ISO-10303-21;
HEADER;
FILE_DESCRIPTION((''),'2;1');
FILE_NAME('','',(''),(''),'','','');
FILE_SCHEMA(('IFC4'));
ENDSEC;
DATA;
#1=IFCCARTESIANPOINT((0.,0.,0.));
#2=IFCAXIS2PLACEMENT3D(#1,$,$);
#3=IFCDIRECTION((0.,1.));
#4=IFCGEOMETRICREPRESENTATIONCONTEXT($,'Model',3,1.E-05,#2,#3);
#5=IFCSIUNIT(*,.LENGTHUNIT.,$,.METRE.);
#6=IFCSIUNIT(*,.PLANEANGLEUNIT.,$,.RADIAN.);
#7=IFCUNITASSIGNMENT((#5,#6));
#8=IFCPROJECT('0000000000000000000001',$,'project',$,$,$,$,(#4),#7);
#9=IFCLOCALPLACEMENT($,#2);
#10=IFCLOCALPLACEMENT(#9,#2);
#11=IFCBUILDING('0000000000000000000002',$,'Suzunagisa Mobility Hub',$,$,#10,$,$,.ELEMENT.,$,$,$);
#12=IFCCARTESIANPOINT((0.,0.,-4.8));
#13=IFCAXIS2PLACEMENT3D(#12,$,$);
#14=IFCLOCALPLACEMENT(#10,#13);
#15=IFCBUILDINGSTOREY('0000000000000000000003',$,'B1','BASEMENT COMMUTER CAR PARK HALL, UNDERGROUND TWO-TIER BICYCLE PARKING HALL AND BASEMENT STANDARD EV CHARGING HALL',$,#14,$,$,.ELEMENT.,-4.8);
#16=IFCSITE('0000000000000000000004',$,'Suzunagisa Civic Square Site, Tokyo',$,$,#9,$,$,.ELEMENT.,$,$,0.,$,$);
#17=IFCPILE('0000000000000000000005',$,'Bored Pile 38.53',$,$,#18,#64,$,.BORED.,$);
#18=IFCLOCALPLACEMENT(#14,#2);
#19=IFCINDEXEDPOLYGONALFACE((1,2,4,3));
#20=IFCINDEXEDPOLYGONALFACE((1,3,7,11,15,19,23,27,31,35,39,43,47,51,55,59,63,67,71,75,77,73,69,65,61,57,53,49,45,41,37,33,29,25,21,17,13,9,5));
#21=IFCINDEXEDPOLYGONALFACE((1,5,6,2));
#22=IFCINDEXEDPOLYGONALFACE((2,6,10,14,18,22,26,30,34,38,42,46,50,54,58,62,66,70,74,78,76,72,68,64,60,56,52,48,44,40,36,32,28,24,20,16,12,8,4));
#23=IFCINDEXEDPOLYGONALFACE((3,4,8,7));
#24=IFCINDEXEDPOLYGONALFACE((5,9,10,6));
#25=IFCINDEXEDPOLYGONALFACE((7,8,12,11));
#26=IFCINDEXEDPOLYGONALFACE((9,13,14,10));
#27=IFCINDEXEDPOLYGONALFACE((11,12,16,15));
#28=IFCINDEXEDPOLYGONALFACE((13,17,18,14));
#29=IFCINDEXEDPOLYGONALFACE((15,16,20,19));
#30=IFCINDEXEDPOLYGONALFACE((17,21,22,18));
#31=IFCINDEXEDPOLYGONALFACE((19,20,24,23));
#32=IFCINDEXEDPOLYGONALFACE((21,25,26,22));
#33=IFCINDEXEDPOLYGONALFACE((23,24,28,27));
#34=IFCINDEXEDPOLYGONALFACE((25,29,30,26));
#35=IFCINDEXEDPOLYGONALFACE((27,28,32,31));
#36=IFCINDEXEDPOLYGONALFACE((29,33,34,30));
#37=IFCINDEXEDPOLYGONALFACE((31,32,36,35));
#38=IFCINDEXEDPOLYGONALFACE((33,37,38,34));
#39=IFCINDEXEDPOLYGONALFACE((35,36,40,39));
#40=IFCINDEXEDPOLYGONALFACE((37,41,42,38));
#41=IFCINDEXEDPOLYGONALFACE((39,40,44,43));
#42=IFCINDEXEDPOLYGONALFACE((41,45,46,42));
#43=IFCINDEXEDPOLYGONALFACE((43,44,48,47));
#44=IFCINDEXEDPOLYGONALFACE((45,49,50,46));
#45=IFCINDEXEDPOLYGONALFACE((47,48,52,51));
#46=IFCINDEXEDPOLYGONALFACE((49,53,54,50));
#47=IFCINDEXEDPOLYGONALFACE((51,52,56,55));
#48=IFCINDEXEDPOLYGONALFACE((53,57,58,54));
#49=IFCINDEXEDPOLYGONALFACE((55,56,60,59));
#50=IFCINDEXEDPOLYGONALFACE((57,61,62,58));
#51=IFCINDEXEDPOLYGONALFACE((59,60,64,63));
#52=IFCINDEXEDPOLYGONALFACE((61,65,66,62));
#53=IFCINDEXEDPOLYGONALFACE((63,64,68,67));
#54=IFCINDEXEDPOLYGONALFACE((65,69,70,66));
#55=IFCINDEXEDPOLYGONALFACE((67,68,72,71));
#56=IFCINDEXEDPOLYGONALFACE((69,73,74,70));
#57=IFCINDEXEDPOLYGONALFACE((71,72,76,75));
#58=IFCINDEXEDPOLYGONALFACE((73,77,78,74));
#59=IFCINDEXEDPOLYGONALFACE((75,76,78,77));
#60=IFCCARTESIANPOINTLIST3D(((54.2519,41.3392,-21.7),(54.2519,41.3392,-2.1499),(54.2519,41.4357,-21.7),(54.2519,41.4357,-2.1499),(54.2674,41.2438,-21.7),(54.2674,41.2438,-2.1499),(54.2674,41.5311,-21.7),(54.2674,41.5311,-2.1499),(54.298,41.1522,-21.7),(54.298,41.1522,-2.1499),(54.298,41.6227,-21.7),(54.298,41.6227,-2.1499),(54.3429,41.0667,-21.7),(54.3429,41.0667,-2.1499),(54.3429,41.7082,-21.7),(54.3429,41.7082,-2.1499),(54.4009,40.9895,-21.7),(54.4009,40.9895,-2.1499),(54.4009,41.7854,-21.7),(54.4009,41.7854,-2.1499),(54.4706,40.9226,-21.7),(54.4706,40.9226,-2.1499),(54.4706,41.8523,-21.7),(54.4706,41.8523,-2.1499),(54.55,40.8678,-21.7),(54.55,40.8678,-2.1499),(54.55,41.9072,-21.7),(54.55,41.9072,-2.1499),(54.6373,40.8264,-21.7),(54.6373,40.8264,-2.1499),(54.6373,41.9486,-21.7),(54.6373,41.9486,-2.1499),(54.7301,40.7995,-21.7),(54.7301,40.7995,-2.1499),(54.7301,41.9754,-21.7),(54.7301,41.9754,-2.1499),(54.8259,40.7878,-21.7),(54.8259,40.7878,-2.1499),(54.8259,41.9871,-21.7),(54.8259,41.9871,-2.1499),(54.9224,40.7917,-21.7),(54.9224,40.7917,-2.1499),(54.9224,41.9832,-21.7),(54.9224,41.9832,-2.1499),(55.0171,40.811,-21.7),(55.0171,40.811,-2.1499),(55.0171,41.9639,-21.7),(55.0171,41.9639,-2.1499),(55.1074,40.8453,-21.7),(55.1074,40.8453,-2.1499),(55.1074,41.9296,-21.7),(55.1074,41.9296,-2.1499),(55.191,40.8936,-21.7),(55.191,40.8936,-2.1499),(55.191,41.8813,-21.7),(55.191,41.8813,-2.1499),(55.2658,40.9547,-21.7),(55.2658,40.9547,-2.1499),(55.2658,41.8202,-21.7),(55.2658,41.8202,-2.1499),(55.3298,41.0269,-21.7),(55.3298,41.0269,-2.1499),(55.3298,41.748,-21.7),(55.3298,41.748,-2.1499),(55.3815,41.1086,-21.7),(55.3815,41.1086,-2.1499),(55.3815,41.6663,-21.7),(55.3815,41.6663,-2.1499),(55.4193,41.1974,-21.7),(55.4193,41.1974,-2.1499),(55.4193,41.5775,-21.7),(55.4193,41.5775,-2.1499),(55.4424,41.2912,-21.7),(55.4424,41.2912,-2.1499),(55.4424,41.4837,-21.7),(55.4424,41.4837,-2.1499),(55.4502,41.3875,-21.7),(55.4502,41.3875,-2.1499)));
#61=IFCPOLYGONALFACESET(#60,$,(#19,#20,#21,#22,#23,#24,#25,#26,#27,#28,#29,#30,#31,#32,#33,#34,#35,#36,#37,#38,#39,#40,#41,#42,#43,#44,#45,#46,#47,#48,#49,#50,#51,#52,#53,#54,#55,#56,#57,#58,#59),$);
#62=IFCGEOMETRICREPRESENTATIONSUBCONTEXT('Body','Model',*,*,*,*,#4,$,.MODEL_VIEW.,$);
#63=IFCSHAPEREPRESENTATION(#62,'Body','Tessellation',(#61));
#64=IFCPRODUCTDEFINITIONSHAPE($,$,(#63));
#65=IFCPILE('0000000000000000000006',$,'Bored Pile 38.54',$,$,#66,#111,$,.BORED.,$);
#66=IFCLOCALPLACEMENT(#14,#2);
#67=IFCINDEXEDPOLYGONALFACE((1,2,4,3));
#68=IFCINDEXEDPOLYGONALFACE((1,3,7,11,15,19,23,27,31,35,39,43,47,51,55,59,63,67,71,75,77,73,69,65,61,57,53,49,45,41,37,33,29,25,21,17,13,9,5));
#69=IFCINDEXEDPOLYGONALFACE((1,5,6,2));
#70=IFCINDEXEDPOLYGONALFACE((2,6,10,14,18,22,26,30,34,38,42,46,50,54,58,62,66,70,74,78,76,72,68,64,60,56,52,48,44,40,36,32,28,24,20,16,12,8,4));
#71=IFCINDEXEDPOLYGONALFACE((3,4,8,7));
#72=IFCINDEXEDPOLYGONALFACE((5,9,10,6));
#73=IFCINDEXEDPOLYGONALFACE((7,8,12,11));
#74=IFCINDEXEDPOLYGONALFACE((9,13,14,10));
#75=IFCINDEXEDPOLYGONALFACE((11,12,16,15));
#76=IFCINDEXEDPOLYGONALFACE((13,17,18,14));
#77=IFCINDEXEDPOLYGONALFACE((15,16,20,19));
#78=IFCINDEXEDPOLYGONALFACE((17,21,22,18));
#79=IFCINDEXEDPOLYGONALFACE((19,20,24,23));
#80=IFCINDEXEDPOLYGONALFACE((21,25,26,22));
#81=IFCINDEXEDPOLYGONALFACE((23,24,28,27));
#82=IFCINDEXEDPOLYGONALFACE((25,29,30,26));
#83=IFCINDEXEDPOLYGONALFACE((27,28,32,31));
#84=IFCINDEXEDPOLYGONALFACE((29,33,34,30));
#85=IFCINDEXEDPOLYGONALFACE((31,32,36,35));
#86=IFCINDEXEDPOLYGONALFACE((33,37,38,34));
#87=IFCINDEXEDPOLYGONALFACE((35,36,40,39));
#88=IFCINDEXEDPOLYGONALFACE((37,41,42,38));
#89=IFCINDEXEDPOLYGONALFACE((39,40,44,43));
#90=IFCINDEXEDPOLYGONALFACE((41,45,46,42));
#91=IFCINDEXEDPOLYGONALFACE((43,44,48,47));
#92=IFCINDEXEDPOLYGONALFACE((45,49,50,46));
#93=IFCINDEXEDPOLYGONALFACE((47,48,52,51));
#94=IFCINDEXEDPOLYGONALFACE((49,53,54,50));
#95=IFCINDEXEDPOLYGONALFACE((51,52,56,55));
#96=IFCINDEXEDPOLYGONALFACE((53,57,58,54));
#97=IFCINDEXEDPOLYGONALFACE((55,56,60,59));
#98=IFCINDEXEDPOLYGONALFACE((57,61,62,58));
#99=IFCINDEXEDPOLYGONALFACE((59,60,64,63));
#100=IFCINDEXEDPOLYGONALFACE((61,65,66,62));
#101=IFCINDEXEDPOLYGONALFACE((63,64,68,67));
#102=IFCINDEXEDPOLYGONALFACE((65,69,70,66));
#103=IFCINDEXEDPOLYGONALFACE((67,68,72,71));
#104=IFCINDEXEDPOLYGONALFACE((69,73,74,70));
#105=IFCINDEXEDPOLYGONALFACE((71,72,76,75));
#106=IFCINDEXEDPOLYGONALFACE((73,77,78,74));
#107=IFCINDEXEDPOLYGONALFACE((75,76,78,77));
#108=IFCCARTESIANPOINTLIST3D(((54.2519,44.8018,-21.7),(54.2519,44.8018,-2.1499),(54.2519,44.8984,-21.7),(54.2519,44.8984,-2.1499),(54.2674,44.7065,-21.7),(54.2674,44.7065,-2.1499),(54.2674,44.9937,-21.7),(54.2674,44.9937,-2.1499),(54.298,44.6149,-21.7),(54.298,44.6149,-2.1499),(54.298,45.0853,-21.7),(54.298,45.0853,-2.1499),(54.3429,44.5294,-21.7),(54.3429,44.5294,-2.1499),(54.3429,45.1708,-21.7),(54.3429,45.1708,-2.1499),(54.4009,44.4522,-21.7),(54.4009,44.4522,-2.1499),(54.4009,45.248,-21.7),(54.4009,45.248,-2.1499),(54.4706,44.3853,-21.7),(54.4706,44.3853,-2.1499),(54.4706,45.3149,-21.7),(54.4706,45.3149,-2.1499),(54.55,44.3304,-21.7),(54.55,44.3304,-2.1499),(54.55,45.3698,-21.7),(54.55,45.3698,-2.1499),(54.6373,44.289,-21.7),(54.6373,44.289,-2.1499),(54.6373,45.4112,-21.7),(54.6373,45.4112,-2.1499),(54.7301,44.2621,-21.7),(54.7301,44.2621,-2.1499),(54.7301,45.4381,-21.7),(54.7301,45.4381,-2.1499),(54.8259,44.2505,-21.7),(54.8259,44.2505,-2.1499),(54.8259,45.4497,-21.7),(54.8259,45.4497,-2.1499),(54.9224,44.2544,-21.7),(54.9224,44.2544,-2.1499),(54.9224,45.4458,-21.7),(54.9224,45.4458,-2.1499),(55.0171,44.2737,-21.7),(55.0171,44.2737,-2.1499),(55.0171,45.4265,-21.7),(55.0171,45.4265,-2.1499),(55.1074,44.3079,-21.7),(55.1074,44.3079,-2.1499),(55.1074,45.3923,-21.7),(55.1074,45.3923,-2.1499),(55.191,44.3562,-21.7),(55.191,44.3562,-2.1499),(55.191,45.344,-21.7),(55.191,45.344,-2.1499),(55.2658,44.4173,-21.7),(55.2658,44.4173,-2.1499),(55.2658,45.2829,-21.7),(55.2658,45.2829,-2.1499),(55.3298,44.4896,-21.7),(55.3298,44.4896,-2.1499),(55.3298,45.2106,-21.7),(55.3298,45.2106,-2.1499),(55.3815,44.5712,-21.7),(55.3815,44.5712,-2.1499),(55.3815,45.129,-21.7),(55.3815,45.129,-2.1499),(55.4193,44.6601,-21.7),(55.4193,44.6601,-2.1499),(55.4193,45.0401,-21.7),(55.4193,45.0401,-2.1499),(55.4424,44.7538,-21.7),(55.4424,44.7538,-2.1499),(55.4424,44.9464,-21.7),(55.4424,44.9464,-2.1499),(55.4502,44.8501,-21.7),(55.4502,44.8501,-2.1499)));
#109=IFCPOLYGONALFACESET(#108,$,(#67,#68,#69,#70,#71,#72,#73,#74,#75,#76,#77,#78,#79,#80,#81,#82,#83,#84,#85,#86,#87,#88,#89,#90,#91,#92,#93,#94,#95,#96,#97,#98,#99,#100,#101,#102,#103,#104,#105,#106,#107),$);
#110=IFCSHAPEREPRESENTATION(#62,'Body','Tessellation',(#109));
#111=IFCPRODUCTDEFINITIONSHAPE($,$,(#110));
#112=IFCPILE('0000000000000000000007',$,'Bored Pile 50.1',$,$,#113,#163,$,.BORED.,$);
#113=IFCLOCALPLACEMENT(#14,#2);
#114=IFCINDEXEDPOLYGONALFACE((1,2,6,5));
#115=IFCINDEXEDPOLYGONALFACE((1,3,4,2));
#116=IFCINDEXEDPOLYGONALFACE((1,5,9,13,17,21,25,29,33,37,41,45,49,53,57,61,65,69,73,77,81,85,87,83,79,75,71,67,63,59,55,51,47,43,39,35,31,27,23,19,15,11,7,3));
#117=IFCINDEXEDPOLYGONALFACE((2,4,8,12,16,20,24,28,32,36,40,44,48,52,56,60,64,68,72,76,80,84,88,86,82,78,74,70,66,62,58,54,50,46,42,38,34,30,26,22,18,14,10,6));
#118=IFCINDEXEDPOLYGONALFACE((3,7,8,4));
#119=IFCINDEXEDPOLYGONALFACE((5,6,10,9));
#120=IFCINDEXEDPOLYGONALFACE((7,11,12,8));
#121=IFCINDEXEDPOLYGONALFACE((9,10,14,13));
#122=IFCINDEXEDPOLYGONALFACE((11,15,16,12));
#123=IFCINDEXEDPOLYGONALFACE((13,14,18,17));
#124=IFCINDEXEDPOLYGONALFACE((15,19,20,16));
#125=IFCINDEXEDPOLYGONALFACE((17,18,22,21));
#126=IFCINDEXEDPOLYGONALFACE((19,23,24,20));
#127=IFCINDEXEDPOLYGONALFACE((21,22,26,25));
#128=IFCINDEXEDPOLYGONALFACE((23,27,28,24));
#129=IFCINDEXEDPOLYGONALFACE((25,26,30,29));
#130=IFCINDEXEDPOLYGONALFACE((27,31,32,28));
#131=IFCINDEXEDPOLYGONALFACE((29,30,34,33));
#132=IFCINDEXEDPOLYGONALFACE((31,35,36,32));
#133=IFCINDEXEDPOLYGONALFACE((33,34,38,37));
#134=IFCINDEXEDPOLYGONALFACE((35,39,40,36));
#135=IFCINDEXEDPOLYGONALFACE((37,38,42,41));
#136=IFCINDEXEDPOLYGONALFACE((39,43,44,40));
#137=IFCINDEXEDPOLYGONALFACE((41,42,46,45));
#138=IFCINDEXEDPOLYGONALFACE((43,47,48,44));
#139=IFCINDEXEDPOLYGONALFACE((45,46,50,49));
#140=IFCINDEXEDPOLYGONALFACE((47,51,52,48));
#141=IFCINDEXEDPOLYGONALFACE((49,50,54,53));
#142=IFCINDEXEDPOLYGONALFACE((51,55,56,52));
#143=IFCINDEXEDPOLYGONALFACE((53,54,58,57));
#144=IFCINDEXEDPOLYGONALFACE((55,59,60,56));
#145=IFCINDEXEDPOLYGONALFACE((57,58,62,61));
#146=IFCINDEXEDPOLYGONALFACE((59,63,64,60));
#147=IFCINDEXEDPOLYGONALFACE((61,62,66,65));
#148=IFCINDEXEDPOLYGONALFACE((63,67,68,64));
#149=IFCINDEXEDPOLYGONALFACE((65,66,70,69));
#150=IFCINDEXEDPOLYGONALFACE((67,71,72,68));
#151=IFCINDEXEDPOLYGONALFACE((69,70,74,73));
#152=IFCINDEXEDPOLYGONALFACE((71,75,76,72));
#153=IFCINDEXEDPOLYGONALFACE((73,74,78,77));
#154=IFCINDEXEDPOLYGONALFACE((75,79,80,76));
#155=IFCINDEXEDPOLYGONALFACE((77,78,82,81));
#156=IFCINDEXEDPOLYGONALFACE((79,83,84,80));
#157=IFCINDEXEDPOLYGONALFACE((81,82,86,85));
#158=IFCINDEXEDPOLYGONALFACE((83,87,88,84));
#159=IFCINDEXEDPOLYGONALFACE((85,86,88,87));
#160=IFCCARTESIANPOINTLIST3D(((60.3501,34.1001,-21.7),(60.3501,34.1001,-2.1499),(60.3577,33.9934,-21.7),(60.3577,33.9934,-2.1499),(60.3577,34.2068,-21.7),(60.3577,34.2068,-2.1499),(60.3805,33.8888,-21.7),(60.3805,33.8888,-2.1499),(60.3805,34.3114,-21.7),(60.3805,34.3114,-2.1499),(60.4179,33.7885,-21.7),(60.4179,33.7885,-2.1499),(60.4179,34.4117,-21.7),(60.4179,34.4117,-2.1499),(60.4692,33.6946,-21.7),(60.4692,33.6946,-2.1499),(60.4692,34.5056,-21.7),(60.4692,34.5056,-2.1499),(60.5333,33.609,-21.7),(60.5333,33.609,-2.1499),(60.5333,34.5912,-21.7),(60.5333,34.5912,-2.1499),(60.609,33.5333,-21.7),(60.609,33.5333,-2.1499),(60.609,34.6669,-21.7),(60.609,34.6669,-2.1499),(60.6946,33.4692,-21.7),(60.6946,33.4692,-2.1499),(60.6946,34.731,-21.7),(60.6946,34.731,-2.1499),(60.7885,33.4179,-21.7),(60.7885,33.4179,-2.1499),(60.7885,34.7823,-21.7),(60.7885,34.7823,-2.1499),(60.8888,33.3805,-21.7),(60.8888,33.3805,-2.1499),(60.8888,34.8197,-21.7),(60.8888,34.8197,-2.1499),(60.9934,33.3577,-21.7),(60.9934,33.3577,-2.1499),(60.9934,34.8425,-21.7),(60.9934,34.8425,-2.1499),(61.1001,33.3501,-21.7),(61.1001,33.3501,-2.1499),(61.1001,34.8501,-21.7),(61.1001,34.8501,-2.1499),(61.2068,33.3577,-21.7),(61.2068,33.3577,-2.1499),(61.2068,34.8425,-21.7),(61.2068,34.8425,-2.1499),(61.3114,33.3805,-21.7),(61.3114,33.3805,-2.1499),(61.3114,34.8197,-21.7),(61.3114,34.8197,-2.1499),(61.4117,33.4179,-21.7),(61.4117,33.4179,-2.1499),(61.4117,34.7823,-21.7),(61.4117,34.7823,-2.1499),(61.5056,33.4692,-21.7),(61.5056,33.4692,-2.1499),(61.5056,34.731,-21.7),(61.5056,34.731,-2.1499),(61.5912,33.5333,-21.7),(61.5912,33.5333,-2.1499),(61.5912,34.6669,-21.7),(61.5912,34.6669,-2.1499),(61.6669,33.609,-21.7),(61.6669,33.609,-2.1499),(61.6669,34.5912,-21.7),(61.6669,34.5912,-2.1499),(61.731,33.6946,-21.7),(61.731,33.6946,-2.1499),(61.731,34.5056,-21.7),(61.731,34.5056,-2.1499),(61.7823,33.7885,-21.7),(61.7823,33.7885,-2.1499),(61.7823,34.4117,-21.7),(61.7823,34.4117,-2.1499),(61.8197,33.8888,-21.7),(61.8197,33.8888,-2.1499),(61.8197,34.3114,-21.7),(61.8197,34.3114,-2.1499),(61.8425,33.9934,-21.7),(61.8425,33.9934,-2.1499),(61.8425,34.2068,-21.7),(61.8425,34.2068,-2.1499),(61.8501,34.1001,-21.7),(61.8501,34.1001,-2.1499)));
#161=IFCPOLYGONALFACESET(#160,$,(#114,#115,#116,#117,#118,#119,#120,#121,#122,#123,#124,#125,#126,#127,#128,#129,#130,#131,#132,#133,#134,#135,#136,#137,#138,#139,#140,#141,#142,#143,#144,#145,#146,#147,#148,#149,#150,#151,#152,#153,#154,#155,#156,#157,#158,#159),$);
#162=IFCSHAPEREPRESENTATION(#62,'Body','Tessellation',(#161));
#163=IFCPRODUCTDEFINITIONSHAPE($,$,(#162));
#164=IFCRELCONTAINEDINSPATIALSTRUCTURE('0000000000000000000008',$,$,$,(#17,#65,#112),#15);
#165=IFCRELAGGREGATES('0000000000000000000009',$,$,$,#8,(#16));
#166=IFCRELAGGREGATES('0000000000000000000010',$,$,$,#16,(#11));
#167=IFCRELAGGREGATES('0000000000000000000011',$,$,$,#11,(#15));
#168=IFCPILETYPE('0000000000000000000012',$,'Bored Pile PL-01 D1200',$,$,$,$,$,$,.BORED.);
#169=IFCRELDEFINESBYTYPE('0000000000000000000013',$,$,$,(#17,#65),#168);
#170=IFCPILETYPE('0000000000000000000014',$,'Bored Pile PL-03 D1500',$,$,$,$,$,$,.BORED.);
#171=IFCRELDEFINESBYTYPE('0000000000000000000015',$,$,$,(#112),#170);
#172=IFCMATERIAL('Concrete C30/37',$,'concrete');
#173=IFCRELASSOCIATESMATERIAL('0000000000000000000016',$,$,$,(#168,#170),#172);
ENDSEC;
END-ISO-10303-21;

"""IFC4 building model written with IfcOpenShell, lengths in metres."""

from ifc_helpers import new_model, si_unit, direction, frame, origin, origin_2d, place, context, subcontext, project, spatial, circle, extrude, material, material_profile, profile_set, type_object, element, save


model = new_model("IFC4")

# Units and contexts
model_context = context("Model", 3, precision=1e-05, world=origin(), true_north=direction((0.0, 1.0)))
body_context = subcontext(model_context, "Body", "Model", "MODEL_VIEW")
ifc_project = project(units=[si_unit("LENGTHUNIT", "METRE"), si_unit("PLANEANGLEUNIT", "RADIAN")], contexts=[model_context])

# Site, building, storey
site_placement = place(None, origin())
site = spatial("IfcSite", under=ifc_project, at=site_placement, Name="Suzunagisa Civic Square Site, Tokyo", CompositionType="ELEMENT", RefElevation=0.0)
building_placement = place(site_placement, origin())
building = spatial("IfcBuilding", under=site, at=building_placement, Name="Suzunagisa Mobility Hub", CompositionType="ELEMENT")
storey_placement = place(building_placement, frame((0.0, 0.0, -4.8)))
storey = spatial("IfcBuildingStorey", under=building, at=storey_placement, Name="B1", Description="BASEMENT COMMUTER CAR PARK HALL, UNDERGROUND TWO-TIER BICYCLE PARKING HALL AND BASEMENT STANDARD EV CHARGING HALL", CompositionType="ELEMENT", Elevation=-4.8)

# Piles
ifc_material_1 = material(Name="Concrete C30/37", Category="concrete")
ifc_material_profile_1 = material_profile(ifc_material_1, circle(Radius=0.6001, at=origin_2d()), Name="BORED PILE D1200")
ifc_profile_set_1 = profile_set([ifc_material_profile_1], Name="Concrete C30/37")
pile_type_1 = type_object("IfcPileType", Name="Bored Pile PL-01 D1200", PredefinedType="BORED", material=ifc_profile_set_1)
for number, where, z_axis, x_axis, name in (
    (1, (54.8501, 41.3875, -2.1499), (0.0, 0.0, -1.0), (1.0, 0.0, 0.0), "Bored Pile 38.53"),
    (2, (54.8501, 44.8501, -2.1499), (0.0, 0.0, -1.0), (1.0, 0.0, 0.0), "Bored Pile 38.54"),
):
    element("IfcPile", number, at=place(storey_placement, frame(where, z_axis=z_axis, x_axis=x_axis)), inside=storey, type_object=pile_type_1, Name=name, PredefinedType="BORED", context=body_context, shape_type="SweptSolid", body=[
        extrude(circle(Radius=0.6001, at=origin_2d()), origin(), (0.0, 0.0, 1.0), 19.55),
    ])
ifc_material_profile_2 = material_profile(ifc_material_1, circle(Radius=0.75, at=origin_2d()), Name="BORED PILE D1500")
ifc_profile_set_2 = profile_set([ifc_material_profile_2], Name="Concrete C30/37")
pile_type_2 = type_object("IfcPileType", Name="Bored Pile PL-03 D1500", PredefinedType="BORED", material=ifc_profile_set_2)
for number, where, z_axis, x_axis, name in (
    (3, (61.1001, 34.1001, -2.1499), (0.0, 0.0, -1.0), (1.0, 0.0, 0.0), "Bored Pile 50.1"),
):
    element("IfcPile", number, at=place(storey_placement, frame(where, z_axis=z_axis, x_axis=x_axis)), inside=storey, type_object=pile_type_2, Name=name, PredefinedType="BORED", context=body_context, shape_type="SweptSolid", body=[
        extrude(circle(Radius=0.75, at=origin_2d()), origin(), (0.0, 0.0, 1.0), 19.55),
    ])

save(model, "model.ifc")
